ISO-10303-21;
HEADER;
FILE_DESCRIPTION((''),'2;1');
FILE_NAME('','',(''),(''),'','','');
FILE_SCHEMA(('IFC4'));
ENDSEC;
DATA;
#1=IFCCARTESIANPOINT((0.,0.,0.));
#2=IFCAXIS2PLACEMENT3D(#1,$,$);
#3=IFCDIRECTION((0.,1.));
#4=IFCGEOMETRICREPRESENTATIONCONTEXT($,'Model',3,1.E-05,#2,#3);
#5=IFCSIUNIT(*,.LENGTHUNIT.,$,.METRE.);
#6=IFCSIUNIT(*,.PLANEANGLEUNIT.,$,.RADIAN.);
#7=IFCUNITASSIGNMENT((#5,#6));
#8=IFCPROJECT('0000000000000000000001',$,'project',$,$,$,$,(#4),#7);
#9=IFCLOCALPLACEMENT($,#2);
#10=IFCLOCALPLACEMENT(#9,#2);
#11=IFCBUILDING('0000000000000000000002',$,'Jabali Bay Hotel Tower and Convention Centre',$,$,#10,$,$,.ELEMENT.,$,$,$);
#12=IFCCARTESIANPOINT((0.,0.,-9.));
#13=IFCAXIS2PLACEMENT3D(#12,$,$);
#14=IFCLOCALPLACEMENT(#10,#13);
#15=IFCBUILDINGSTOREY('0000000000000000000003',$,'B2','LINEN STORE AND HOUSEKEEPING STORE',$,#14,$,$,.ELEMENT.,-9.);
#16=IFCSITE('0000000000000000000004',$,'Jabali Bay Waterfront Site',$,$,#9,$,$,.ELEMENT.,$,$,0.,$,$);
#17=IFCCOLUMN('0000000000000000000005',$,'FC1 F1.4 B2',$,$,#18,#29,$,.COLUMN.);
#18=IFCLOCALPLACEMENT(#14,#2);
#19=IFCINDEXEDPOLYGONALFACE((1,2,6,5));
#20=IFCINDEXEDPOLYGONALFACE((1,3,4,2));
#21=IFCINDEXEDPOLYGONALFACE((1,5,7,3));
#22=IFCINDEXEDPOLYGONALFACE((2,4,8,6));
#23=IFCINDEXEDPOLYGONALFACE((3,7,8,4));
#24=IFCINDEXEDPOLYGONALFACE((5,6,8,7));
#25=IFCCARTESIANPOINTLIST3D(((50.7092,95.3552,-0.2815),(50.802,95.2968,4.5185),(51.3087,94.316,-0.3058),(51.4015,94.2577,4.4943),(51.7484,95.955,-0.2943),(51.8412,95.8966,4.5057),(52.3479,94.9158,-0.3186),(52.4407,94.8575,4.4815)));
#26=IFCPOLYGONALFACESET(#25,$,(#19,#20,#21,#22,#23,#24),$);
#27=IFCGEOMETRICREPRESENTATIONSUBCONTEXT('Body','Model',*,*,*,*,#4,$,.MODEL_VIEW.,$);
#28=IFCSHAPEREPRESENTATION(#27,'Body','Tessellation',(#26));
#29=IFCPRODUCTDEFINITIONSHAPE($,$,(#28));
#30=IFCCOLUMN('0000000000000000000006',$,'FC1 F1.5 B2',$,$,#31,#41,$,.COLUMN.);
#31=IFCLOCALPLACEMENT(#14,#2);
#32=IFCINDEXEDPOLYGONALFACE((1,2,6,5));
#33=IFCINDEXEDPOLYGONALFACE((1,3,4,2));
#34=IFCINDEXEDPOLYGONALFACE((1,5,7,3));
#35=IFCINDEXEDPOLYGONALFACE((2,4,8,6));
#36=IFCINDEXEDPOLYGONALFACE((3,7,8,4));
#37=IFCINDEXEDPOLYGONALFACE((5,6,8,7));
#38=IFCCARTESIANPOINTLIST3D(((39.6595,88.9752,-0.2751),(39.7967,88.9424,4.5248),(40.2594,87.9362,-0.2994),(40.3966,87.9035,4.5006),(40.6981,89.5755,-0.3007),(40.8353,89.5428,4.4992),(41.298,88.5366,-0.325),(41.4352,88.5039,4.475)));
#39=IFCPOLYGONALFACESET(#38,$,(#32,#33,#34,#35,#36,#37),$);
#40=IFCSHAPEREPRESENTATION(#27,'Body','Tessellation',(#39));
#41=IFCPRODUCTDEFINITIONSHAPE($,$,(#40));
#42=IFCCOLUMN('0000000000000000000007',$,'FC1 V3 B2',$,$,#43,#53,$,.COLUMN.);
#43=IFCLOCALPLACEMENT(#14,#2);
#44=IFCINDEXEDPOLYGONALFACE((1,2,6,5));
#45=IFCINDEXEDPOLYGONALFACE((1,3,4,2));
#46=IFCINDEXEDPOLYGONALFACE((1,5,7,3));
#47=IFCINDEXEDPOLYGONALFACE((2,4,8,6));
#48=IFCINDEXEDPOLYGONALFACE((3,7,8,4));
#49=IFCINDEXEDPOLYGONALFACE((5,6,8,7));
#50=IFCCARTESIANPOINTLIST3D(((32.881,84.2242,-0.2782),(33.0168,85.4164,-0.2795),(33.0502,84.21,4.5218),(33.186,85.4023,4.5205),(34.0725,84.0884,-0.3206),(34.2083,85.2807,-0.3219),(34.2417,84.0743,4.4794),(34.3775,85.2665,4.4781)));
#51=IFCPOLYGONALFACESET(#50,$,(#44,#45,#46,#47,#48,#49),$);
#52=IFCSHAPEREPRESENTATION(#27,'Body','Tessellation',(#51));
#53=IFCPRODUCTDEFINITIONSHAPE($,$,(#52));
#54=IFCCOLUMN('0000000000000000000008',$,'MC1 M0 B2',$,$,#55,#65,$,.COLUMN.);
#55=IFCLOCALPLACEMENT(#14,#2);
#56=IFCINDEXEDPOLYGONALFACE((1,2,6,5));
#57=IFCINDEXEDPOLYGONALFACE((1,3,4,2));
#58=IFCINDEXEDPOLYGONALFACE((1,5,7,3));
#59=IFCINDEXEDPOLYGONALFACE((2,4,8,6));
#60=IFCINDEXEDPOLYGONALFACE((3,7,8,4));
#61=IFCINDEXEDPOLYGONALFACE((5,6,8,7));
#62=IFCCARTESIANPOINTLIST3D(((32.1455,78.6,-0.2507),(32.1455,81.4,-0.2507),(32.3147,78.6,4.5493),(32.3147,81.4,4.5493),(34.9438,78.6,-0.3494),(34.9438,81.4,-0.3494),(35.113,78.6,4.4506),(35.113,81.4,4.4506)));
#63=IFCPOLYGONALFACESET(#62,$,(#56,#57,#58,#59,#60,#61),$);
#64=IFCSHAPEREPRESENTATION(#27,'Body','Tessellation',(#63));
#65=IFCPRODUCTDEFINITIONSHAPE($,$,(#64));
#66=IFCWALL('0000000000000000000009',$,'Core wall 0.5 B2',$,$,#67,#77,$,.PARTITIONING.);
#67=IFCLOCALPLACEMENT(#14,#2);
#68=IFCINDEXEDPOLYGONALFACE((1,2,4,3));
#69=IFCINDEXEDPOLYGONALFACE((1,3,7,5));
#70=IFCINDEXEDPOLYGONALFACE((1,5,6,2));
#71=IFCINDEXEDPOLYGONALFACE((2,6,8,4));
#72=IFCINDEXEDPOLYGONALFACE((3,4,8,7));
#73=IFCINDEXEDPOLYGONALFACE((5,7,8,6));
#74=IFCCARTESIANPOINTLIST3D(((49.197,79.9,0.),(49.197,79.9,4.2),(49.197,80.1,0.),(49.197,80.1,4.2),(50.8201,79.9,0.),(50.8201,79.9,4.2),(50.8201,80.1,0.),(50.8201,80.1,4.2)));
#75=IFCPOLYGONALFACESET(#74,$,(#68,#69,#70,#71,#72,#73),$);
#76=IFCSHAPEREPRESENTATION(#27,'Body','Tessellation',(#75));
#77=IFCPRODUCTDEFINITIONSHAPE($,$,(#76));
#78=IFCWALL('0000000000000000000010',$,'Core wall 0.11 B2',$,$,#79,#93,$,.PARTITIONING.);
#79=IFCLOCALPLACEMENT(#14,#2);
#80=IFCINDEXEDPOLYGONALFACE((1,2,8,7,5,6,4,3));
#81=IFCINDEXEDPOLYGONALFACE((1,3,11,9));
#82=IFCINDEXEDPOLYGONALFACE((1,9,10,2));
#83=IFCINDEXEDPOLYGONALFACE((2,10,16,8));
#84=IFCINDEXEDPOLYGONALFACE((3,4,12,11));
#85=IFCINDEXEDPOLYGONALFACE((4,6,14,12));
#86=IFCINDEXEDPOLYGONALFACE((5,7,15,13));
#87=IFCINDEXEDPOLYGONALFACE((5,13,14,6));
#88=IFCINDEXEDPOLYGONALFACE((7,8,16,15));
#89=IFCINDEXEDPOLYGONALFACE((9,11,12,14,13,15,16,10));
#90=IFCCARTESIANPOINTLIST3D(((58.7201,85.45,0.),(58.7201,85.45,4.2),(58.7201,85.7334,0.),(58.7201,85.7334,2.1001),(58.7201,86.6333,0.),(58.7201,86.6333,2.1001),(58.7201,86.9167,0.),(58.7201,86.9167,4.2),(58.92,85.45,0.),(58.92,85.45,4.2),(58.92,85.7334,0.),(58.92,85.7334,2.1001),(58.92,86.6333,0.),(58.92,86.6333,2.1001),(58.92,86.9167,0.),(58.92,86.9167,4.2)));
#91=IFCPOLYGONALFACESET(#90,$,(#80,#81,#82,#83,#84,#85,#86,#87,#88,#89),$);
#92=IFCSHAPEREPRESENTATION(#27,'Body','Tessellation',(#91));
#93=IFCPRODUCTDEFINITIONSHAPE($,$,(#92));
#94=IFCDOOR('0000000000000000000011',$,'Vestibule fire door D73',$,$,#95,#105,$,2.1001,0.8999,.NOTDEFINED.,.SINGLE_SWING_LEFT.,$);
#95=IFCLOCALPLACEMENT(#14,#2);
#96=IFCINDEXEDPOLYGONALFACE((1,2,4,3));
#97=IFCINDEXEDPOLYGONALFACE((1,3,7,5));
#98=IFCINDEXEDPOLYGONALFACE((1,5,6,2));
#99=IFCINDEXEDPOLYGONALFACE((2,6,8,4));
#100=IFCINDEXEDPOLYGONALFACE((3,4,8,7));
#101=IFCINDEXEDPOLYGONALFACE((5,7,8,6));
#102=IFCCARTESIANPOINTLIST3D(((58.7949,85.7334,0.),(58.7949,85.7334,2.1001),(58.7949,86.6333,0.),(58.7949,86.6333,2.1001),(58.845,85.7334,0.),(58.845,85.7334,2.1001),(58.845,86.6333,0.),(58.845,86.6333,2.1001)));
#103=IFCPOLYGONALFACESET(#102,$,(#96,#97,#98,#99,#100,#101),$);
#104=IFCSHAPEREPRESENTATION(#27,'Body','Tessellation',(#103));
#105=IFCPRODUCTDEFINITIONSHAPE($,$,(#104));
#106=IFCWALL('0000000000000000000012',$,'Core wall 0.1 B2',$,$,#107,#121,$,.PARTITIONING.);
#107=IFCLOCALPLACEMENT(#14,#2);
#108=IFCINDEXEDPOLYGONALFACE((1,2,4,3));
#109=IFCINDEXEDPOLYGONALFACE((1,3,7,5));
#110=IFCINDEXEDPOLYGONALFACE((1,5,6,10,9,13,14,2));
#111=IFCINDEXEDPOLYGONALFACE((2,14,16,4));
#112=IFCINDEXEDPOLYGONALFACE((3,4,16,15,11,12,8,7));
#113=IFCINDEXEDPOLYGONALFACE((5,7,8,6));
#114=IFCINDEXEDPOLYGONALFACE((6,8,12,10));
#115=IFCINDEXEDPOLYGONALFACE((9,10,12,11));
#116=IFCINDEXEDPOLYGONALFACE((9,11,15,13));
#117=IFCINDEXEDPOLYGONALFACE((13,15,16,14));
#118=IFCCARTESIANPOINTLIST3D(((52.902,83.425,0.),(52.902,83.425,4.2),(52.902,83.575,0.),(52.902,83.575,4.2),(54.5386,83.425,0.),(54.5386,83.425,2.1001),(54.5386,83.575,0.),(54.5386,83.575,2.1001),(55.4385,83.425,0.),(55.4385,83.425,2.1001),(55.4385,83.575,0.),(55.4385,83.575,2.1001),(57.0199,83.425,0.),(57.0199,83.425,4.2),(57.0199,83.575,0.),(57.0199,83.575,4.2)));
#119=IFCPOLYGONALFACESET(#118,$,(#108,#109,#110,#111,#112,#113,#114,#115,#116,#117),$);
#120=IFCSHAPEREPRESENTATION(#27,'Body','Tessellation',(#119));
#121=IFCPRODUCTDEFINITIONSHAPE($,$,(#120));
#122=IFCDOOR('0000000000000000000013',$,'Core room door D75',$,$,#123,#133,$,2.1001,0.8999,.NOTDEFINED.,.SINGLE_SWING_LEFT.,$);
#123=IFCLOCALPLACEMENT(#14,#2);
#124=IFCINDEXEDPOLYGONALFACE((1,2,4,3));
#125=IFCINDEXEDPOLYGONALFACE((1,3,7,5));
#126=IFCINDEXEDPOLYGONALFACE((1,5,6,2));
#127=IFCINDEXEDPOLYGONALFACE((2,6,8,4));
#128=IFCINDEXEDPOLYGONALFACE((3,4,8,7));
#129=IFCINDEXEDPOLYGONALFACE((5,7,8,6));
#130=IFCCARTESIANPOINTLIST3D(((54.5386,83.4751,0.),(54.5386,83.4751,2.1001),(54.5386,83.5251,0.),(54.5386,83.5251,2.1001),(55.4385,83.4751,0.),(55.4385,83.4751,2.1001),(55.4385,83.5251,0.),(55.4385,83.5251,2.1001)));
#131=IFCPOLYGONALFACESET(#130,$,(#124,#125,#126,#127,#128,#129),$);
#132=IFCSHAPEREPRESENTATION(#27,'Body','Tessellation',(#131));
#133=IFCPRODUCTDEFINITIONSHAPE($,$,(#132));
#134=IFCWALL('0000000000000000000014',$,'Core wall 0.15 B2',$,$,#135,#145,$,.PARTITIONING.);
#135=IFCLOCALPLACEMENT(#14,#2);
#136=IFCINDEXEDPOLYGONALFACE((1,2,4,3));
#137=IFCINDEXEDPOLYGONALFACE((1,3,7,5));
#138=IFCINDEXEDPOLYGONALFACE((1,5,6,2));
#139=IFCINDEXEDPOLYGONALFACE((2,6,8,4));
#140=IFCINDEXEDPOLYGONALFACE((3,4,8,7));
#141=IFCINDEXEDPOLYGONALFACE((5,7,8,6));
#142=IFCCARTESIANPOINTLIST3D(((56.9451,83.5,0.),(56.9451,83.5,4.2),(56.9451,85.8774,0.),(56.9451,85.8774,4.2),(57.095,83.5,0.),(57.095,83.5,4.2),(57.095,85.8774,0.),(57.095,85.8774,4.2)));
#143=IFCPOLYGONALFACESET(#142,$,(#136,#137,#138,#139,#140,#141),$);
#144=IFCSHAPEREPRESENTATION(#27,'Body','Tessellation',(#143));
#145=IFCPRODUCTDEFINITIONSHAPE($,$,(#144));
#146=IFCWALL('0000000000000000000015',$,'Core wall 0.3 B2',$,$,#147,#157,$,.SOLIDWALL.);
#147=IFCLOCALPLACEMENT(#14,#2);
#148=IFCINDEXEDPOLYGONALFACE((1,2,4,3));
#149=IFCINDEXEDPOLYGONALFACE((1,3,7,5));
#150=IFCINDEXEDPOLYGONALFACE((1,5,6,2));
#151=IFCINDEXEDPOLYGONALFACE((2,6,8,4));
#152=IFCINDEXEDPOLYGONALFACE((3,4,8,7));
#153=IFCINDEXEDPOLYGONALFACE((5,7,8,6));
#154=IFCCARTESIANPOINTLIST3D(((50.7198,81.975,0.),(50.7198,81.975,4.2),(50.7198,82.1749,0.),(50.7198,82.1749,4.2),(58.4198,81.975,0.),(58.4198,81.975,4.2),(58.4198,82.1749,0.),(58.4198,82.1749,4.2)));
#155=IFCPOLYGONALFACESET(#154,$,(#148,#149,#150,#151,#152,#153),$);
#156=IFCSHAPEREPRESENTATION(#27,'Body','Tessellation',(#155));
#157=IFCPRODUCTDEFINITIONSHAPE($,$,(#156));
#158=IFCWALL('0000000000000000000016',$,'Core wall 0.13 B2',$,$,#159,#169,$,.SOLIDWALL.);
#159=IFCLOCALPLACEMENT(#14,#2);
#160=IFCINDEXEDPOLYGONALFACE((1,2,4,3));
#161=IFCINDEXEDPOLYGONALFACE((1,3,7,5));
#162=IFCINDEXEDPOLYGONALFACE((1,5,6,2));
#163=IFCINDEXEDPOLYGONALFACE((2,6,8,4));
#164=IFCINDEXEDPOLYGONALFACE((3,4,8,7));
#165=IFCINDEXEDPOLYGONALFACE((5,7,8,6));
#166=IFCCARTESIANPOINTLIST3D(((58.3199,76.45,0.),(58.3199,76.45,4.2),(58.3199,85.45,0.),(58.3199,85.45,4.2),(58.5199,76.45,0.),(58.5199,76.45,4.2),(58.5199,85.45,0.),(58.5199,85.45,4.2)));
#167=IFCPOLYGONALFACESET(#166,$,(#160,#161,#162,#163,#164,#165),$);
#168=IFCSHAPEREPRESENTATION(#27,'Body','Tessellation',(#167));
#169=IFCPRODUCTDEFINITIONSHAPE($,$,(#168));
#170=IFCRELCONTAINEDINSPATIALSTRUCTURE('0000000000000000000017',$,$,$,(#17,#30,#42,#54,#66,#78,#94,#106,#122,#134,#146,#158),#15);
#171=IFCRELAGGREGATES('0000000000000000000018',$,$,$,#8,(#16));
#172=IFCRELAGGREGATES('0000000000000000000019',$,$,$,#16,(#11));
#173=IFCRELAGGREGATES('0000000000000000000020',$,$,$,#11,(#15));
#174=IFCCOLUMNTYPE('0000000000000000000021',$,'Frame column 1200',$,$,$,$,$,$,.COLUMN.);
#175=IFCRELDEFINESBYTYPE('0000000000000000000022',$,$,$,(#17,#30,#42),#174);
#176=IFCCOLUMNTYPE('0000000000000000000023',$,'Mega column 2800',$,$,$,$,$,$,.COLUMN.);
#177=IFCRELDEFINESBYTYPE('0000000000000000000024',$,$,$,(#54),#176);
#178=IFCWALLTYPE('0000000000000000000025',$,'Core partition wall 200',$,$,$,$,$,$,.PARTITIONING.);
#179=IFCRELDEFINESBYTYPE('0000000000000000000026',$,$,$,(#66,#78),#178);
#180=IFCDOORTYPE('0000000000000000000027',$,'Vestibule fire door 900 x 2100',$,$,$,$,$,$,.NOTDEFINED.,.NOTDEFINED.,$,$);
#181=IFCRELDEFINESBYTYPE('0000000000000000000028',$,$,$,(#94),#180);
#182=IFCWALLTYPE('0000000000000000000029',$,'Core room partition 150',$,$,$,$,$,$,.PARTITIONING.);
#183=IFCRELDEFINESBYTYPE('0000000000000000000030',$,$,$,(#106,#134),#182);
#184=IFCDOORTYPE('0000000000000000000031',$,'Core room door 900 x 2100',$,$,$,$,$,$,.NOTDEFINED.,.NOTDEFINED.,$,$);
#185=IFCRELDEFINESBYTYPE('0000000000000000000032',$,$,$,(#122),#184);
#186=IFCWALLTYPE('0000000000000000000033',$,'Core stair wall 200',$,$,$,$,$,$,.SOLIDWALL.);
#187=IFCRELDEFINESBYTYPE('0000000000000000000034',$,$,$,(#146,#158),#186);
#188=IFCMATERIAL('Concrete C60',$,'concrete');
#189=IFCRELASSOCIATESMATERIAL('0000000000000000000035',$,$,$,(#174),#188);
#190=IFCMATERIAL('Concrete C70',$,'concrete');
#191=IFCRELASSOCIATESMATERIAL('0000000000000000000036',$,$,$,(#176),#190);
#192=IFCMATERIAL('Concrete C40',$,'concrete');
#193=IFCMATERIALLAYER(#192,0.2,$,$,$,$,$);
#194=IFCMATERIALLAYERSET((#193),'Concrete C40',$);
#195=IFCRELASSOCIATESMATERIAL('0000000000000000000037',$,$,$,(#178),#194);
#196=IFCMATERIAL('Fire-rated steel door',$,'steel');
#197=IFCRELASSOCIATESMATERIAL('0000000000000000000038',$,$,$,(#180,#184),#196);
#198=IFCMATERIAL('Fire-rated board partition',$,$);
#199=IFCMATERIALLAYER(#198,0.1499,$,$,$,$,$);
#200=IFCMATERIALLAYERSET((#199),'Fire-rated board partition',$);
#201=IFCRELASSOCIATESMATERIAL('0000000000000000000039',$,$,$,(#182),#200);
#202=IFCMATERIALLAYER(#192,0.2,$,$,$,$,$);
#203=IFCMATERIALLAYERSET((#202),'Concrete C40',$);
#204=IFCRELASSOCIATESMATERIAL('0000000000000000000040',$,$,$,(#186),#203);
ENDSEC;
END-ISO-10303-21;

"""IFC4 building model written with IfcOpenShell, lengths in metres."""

from ifc_helpers import new_model, si_unit, direction, frame, frame_2d, origin, origin_2d, place, context, subcontext, project, spatial, rectangle, extrude, material, layer, layer_set, material_profile, profile_set, type_object, element, fill, save


model = new_model("IFC4")

# Units and contexts
model_context = context("Model", 3, precision=1e-05, world=origin(), true_north=direction((0.0, 1.0)))
body_context = subcontext(model_context, "Body", "Model", "MODEL_VIEW")
ifc_project = project(units=[si_unit("LENGTHUNIT", "METRE"), si_unit("PLANEANGLEUNIT", "RADIAN")], contexts=[model_context])

# Site, building, storey
site_placement = place(None, origin())
site = spatial("IfcSite", under=ifc_project, at=site_placement, Name="Jabali Bay Waterfront Site", CompositionType="ELEMENT", RefElevation=0.0)
building_placement = place(site_placement, origin())
building = spatial("IfcBuilding", under=site, at=building_placement, Name="Jabali Bay Hotel Tower and Convention Centre", CompositionType="ELEMENT")
storey_placement = place(building_placement, frame((0.0, 0.0, -9.0)))
storey = spatial("IfcBuildingStorey", under=building, at=storey_placement, Name="B2", Description="LINEN STORE AND HOUSEKEEPING STORE", CompositionType="ELEMENT", Elevation=-9.0)

# Columns
ifc_material_1 = material(Name="Concrete C60", Category="concrete")
ifc_material_profile_1 = material_profile(ifc_material_1, rectangle(XDim=1.2, YDim=1.2, at=origin_2d()), Name="Frame column 1200")
ifc_profile_set_1 = profile_set([ifc_material_profile_1], Name="Concrete C60")
column_type_1 = type_object("IfcColumnType", Name="Frame column 1200", PredefinedType="COLUMN", material=ifc_profile_set_1)
column_1_placement = place(storey_placement, frame((51.5286, 95.1355, -0.3), z_axis=(0.019323, -0.012153, 0.999739), x_axis=(-0.499611, 0.866015, 0.020184)))
element("IfcColumn", 1, at=column_1_placement, inside=storey, type_object=column_type_1, Name="FC1 F1.4 B2", PredefinedType="COLUMN", context=body_context, shape_type="SweptSolid", body=[
    extrude(rectangle(XDim=1.2, YDim=1.2, at=origin_2d()), origin(), (0.0, 0.0, 1.0), 4.8013),
])
column_2_placement = place(storey_placement, frame((40.4788, 88.7559, -0.3), z_axis=(0.028572, -0.006813, 0.999569), x_axis=(-0.499951, 0.865818, 0.020192)))
element("IfcColumn", 2, at=column_2_placement, inside=storey, type_object=column_type_1, Name="FC1 F1.5 B2", PredefinedType="COLUMN", context=body_context, shape_type="SweptSolid", body=[
    extrude(rectangle(XDim=1.2, YDim=1.2, at=origin_2d()), origin(), (0.0, 0.0, 1.0), 4.802),
])
column_3_placement = place(storey_placement, frame((33.5447, 84.7524, -0.3), z_axis=(0.035225, -0.002948, 0.999375), x_axis=(-0.992952, 0.113125, 0.035333)))
element("IfcColumn", 3, at=column_3_placement, inside=storey, type_object=column_type_1, Name="FC1 V3 B2", PredefinedType="COLUMN", context=body_context, shape_type="SweptSolid", body=[
    extrude(rectangle(XDim=1.2, YDim=1.2, at=origin_2d()), origin(), (0.0, 0.0, 1.0), 4.803),
])
ifc_material_2 = material(Name="Concrete C70", Category="concrete")
ifc_material_profile_2 = material_profile(ifc_material_2, rectangle(XDim=2.8, YDim=2.8, at=origin_2d()), Name="Mega column 2800")
ifc_profile_set_2 = profile_set([ifc_material_profile_2], Name="Concrete C70")
column_type_2 = type_object("IfcColumnType", Name="Mega column 2800", PredefinedType="COLUMN", material=ifc_profile_set_2)
column_4_placement = place(storey_placement, frame((33.5447, 80.0, -0.3), z_axis=(0.035226, 0.0, 0.999379), x_axis=(0.0, 1.0, 0.0)))
element("IfcColumn", 4, at=column_4_placement, inside=storey, type_object=column_type_2, Name="MC1 M0 B2", PredefinedType="COLUMN", context=body_context, shape_type="SweptSolid", body=[
    extrude(rectangle(XDim=2.8, YDim=2.8, at=origin_2d()), origin(), (0.0, 0.0, 1.0), 4.803),
])

# Wall
ifc_material_3 = material(Name="Concrete C40", Category="concrete")
ifc_layer_1 = layer(ifc_material_3, 0.2)
ifc_layer_set_1 = layer_set([ifc_layer_1], Name="Concrete C40")
wall_type_1 = type_object("IfcWallType", Name="Core partition wall 200", PredefinedType="PARTITIONING", material=ifc_layer_set_1)
wall_1_placement = place(storey_placement, frame((50.8201, 80.0, 0.0), z_axis=(0.0, 0.0, 1.0), x_axis=(-1.0, 0.0, 0.0)))
element("IfcWall", 5, at=wall_1_placement, inside=storey, type_object=wall_type_1, Name="Core wall 0.5 B2", PredefinedType="PARTITIONING", context=body_context, shape_type="SweptSolid", body=[
    extrude(rectangle(XDim=1.623, YDim=0.2, at=frame_2d((0.8115, 0.0))), origin(), (0.0, 0.0, 1.0), 4.2),
])

# Walls, openings, doors
wall_2_placement = place(storey_placement, frame((58.8201, 86.9167, 0.0), z_axis=(0.0, 0.0, 1.0), x_axis=(0.0, -1.0, 0.0)))
wall_2 = element("IfcWall", 6, at=wall_2_placement, inside=storey, type_object=wall_type_1, Name="Core wall 0.11 B2", PredefinedType="PARTITIONING", context=body_context, shape_type="SweptSolid", body=[
    extrude(rectangle(XDim=1.4668, YDim=0.2, at=frame_2d((0.7334, 0.0))), origin(), (0.0, 0.0, 1.0), 4.2),
])
opening_1_placement = place(wall_2_placement, frame((0.2834, 0.0, 0.0)))
opening_1 = element("IfcOpeningElement", 7, at=opening_1_placement, cuts=wall_2, PredefinedType="OPENING", context=body_context, shape_type="SweptSolid", body=[
    extrude(rectangle(XDim=0.8999, YDim=2.1001, at=frame_2d((0.45, 1.05))), frame((0.0, 0.1104, 0.0), z_axis=(0.0, -1.0, 0.0), x_axis=(1.0, 0.0, 0.0)), (0.0, 0.0, 1.0), 0.2209),
])
ifc_material_4 = material(Name="Fire-rated steel door", Category="steel")
door_type_1 = type_object("IfcDoorType", Name="Vestibule fire door 900 x 2100", OperationType="NOTDEFINED", PredefinedType="NOTDEFINED", material=ifc_material_4)
door_1_placement = place(opening_1_placement, origin())
door_1 = element("IfcDoor", 8, at=door_1_placement, inside=storey, type_object=door_type_1, Name="Vestibule fire door D73", OperationType="SINGLE_SWING_LEFT", OverallHeight=2.1001, OverallWidth=0.8999, PredefinedType="NOTDEFINED", context=body_context, shape_type="SweptSolid", body=[
    extrude(rectangle(XDim=0.8999, YDim=2.1001, at=frame_2d((0.45, 1.05))), frame((0.0, 0.0249, 0.0), z_axis=(0.0, -1.0, 0.0), x_axis=(1.0, 0.0, 0.0)), (0.0, 0.0, 1.0), 0.05),
])
fill(opening_1, door_1)
ifc_material_5 = material(Name="Fire-rated board partition")
ifc_layer_2 = layer(ifc_material_5, 0.1499)
ifc_layer_set_2 = layer_set([ifc_layer_2], Name="Fire-rated board partition")
wall_type_2 = type_object("IfcWallType", Name="Core room partition 150", PredefinedType="PARTITIONING", material=ifc_layer_set_2)
wall_3_placement = place(storey_placement, frame((57.02, 83.5, 0.0), z_axis=(0.0, 0.0, 1.0), x_axis=(-1.0, 0.0, 0.0)))
wall_3 = element("IfcWall", 9, at=wall_3_placement, inside=storey, type_object=wall_type_2, Name="Core wall 0.1 B2", PredefinedType="PARTITIONING", context=body_context, shape_type="SweptSolid", body=[
    extrude(rectangle(XDim=4.1179, YDim=0.1499, at=frame_2d((2.0591, 0.0))), origin(), (0.0, 0.0, 1.0), 4.2),
])
opening_2_placement = place(wall_3_placement, frame((1.5815, 0.0, 0.0)))
opening_2 = element("IfcOpeningElement", 10, at=opening_2_placement, cuts=wall_3, PredefinedType="OPENING", context=body_context, shape_type="SweptSolid", body=[
    extrude(rectangle(XDim=0.8999, YDim=2.1001, at=frame_2d((0.45, 1.05))), frame((0.0, 0.0854, 0.0), z_axis=(0.0, -1.0, 0.0), x_axis=(1.0, 0.0, 0.0)), (0.0, 0.0, 1.0), 0.1709),
])
door_type_2 = type_object("IfcDoorType", Name="Core room door 900 x 2100", OperationType="NOTDEFINED", PredefinedType="NOTDEFINED", material=ifc_material_4)
door_2_placement = place(opening_2_placement, origin())
door_2 = element("IfcDoor", 11, at=door_2_placement, inside=storey, type_object=door_type_2, Name="Core room door D75", OperationType="SINGLE_SWING_LEFT", OverallHeight=2.1001, OverallWidth=0.8999, PredefinedType="NOTDEFINED", context=body_context, shape_type="SweptSolid", body=[
    extrude(rectangle(XDim=0.8999, YDim=2.1001, at=frame_2d((0.45, 1.05))), frame((0.0, 0.0249, 0.0), z_axis=(0.0, -1.0, 0.0), x_axis=(1.0, 0.0, 0.0)), (0.0, 0.0, 1.0), 0.05),
])
fill(opening_2, door_2)

# Walls
wall_4_placement = place(storey_placement, frame((57.02, 85.8774, 0.0), z_axis=(0.0, 0.0, 1.0), x_axis=(0.0, -1.0, 0.0)))
element("IfcWall", 12, at=wall_4_placement, inside=storey, type_object=wall_type_2, Name="Core wall 0.15 B2", PredefinedType="PARTITIONING", context=body_context, shape_type="SweptSolid", body=[
    extrude(rectangle(XDim=2.3774, YDim=0.1499, at=frame_2d((1.1887, 0.0))), origin(), (0.0, 0.0, 1.0), 4.2),
])
ifc_layer_3 = layer(ifc_material_3, 0.2)
ifc_layer_set_3 = layer_set([ifc_layer_3], Name="Concrete C40")
wall_type_3 = type_object("IfcWallType", Name="Core stair wall 200", PredefinedType="SOLIDWALL", material=ifc_layer_set_3)
wall_5_placement = place(storey_placement, frame((58.4199, 82.075, 0.0), z_axis=(0.0, 0.0, 1.0), x_axis=(-1.0, 0.0, 0.0)))
element("IfcWall", 13, at=wall_5_placement, inside=storey, type_object=wall_type_3, Name="Core wall 0.3 B2", PredefinedType="SOLIDWALL", context=body_context, shape_type="SweptSolid", body=[
    extrude(rectangle(XDim=7.7, YDim=0.2, at=frame_2d((3.8501, 0.0))), origin(), (0.0, 0.0, 1.0), 4.2),
])
wall_6_placement = place(storey_placement, frame((58.4199, 85.45, 0.0), z_axis=(0.0, 0.0, 1.0), x_axis=(0.0, -1.0, 0.0)))
element("IfcWall", 14, at=wall_6_placement, inside=storey, type_object=wall_type_3, Name="Core wall 0.13 B2", PredefinedType="SOLIDWALL", context=body_context, shape_type="SweptSolid", body=[
    extrude(rectangle(XDim=9.0, YDim=0.2, at=frame_2d((4.5, 0.0))), origin(), (0.0, 0.0, 1.0), 4.2),
])

save(model, "model.ifc")
